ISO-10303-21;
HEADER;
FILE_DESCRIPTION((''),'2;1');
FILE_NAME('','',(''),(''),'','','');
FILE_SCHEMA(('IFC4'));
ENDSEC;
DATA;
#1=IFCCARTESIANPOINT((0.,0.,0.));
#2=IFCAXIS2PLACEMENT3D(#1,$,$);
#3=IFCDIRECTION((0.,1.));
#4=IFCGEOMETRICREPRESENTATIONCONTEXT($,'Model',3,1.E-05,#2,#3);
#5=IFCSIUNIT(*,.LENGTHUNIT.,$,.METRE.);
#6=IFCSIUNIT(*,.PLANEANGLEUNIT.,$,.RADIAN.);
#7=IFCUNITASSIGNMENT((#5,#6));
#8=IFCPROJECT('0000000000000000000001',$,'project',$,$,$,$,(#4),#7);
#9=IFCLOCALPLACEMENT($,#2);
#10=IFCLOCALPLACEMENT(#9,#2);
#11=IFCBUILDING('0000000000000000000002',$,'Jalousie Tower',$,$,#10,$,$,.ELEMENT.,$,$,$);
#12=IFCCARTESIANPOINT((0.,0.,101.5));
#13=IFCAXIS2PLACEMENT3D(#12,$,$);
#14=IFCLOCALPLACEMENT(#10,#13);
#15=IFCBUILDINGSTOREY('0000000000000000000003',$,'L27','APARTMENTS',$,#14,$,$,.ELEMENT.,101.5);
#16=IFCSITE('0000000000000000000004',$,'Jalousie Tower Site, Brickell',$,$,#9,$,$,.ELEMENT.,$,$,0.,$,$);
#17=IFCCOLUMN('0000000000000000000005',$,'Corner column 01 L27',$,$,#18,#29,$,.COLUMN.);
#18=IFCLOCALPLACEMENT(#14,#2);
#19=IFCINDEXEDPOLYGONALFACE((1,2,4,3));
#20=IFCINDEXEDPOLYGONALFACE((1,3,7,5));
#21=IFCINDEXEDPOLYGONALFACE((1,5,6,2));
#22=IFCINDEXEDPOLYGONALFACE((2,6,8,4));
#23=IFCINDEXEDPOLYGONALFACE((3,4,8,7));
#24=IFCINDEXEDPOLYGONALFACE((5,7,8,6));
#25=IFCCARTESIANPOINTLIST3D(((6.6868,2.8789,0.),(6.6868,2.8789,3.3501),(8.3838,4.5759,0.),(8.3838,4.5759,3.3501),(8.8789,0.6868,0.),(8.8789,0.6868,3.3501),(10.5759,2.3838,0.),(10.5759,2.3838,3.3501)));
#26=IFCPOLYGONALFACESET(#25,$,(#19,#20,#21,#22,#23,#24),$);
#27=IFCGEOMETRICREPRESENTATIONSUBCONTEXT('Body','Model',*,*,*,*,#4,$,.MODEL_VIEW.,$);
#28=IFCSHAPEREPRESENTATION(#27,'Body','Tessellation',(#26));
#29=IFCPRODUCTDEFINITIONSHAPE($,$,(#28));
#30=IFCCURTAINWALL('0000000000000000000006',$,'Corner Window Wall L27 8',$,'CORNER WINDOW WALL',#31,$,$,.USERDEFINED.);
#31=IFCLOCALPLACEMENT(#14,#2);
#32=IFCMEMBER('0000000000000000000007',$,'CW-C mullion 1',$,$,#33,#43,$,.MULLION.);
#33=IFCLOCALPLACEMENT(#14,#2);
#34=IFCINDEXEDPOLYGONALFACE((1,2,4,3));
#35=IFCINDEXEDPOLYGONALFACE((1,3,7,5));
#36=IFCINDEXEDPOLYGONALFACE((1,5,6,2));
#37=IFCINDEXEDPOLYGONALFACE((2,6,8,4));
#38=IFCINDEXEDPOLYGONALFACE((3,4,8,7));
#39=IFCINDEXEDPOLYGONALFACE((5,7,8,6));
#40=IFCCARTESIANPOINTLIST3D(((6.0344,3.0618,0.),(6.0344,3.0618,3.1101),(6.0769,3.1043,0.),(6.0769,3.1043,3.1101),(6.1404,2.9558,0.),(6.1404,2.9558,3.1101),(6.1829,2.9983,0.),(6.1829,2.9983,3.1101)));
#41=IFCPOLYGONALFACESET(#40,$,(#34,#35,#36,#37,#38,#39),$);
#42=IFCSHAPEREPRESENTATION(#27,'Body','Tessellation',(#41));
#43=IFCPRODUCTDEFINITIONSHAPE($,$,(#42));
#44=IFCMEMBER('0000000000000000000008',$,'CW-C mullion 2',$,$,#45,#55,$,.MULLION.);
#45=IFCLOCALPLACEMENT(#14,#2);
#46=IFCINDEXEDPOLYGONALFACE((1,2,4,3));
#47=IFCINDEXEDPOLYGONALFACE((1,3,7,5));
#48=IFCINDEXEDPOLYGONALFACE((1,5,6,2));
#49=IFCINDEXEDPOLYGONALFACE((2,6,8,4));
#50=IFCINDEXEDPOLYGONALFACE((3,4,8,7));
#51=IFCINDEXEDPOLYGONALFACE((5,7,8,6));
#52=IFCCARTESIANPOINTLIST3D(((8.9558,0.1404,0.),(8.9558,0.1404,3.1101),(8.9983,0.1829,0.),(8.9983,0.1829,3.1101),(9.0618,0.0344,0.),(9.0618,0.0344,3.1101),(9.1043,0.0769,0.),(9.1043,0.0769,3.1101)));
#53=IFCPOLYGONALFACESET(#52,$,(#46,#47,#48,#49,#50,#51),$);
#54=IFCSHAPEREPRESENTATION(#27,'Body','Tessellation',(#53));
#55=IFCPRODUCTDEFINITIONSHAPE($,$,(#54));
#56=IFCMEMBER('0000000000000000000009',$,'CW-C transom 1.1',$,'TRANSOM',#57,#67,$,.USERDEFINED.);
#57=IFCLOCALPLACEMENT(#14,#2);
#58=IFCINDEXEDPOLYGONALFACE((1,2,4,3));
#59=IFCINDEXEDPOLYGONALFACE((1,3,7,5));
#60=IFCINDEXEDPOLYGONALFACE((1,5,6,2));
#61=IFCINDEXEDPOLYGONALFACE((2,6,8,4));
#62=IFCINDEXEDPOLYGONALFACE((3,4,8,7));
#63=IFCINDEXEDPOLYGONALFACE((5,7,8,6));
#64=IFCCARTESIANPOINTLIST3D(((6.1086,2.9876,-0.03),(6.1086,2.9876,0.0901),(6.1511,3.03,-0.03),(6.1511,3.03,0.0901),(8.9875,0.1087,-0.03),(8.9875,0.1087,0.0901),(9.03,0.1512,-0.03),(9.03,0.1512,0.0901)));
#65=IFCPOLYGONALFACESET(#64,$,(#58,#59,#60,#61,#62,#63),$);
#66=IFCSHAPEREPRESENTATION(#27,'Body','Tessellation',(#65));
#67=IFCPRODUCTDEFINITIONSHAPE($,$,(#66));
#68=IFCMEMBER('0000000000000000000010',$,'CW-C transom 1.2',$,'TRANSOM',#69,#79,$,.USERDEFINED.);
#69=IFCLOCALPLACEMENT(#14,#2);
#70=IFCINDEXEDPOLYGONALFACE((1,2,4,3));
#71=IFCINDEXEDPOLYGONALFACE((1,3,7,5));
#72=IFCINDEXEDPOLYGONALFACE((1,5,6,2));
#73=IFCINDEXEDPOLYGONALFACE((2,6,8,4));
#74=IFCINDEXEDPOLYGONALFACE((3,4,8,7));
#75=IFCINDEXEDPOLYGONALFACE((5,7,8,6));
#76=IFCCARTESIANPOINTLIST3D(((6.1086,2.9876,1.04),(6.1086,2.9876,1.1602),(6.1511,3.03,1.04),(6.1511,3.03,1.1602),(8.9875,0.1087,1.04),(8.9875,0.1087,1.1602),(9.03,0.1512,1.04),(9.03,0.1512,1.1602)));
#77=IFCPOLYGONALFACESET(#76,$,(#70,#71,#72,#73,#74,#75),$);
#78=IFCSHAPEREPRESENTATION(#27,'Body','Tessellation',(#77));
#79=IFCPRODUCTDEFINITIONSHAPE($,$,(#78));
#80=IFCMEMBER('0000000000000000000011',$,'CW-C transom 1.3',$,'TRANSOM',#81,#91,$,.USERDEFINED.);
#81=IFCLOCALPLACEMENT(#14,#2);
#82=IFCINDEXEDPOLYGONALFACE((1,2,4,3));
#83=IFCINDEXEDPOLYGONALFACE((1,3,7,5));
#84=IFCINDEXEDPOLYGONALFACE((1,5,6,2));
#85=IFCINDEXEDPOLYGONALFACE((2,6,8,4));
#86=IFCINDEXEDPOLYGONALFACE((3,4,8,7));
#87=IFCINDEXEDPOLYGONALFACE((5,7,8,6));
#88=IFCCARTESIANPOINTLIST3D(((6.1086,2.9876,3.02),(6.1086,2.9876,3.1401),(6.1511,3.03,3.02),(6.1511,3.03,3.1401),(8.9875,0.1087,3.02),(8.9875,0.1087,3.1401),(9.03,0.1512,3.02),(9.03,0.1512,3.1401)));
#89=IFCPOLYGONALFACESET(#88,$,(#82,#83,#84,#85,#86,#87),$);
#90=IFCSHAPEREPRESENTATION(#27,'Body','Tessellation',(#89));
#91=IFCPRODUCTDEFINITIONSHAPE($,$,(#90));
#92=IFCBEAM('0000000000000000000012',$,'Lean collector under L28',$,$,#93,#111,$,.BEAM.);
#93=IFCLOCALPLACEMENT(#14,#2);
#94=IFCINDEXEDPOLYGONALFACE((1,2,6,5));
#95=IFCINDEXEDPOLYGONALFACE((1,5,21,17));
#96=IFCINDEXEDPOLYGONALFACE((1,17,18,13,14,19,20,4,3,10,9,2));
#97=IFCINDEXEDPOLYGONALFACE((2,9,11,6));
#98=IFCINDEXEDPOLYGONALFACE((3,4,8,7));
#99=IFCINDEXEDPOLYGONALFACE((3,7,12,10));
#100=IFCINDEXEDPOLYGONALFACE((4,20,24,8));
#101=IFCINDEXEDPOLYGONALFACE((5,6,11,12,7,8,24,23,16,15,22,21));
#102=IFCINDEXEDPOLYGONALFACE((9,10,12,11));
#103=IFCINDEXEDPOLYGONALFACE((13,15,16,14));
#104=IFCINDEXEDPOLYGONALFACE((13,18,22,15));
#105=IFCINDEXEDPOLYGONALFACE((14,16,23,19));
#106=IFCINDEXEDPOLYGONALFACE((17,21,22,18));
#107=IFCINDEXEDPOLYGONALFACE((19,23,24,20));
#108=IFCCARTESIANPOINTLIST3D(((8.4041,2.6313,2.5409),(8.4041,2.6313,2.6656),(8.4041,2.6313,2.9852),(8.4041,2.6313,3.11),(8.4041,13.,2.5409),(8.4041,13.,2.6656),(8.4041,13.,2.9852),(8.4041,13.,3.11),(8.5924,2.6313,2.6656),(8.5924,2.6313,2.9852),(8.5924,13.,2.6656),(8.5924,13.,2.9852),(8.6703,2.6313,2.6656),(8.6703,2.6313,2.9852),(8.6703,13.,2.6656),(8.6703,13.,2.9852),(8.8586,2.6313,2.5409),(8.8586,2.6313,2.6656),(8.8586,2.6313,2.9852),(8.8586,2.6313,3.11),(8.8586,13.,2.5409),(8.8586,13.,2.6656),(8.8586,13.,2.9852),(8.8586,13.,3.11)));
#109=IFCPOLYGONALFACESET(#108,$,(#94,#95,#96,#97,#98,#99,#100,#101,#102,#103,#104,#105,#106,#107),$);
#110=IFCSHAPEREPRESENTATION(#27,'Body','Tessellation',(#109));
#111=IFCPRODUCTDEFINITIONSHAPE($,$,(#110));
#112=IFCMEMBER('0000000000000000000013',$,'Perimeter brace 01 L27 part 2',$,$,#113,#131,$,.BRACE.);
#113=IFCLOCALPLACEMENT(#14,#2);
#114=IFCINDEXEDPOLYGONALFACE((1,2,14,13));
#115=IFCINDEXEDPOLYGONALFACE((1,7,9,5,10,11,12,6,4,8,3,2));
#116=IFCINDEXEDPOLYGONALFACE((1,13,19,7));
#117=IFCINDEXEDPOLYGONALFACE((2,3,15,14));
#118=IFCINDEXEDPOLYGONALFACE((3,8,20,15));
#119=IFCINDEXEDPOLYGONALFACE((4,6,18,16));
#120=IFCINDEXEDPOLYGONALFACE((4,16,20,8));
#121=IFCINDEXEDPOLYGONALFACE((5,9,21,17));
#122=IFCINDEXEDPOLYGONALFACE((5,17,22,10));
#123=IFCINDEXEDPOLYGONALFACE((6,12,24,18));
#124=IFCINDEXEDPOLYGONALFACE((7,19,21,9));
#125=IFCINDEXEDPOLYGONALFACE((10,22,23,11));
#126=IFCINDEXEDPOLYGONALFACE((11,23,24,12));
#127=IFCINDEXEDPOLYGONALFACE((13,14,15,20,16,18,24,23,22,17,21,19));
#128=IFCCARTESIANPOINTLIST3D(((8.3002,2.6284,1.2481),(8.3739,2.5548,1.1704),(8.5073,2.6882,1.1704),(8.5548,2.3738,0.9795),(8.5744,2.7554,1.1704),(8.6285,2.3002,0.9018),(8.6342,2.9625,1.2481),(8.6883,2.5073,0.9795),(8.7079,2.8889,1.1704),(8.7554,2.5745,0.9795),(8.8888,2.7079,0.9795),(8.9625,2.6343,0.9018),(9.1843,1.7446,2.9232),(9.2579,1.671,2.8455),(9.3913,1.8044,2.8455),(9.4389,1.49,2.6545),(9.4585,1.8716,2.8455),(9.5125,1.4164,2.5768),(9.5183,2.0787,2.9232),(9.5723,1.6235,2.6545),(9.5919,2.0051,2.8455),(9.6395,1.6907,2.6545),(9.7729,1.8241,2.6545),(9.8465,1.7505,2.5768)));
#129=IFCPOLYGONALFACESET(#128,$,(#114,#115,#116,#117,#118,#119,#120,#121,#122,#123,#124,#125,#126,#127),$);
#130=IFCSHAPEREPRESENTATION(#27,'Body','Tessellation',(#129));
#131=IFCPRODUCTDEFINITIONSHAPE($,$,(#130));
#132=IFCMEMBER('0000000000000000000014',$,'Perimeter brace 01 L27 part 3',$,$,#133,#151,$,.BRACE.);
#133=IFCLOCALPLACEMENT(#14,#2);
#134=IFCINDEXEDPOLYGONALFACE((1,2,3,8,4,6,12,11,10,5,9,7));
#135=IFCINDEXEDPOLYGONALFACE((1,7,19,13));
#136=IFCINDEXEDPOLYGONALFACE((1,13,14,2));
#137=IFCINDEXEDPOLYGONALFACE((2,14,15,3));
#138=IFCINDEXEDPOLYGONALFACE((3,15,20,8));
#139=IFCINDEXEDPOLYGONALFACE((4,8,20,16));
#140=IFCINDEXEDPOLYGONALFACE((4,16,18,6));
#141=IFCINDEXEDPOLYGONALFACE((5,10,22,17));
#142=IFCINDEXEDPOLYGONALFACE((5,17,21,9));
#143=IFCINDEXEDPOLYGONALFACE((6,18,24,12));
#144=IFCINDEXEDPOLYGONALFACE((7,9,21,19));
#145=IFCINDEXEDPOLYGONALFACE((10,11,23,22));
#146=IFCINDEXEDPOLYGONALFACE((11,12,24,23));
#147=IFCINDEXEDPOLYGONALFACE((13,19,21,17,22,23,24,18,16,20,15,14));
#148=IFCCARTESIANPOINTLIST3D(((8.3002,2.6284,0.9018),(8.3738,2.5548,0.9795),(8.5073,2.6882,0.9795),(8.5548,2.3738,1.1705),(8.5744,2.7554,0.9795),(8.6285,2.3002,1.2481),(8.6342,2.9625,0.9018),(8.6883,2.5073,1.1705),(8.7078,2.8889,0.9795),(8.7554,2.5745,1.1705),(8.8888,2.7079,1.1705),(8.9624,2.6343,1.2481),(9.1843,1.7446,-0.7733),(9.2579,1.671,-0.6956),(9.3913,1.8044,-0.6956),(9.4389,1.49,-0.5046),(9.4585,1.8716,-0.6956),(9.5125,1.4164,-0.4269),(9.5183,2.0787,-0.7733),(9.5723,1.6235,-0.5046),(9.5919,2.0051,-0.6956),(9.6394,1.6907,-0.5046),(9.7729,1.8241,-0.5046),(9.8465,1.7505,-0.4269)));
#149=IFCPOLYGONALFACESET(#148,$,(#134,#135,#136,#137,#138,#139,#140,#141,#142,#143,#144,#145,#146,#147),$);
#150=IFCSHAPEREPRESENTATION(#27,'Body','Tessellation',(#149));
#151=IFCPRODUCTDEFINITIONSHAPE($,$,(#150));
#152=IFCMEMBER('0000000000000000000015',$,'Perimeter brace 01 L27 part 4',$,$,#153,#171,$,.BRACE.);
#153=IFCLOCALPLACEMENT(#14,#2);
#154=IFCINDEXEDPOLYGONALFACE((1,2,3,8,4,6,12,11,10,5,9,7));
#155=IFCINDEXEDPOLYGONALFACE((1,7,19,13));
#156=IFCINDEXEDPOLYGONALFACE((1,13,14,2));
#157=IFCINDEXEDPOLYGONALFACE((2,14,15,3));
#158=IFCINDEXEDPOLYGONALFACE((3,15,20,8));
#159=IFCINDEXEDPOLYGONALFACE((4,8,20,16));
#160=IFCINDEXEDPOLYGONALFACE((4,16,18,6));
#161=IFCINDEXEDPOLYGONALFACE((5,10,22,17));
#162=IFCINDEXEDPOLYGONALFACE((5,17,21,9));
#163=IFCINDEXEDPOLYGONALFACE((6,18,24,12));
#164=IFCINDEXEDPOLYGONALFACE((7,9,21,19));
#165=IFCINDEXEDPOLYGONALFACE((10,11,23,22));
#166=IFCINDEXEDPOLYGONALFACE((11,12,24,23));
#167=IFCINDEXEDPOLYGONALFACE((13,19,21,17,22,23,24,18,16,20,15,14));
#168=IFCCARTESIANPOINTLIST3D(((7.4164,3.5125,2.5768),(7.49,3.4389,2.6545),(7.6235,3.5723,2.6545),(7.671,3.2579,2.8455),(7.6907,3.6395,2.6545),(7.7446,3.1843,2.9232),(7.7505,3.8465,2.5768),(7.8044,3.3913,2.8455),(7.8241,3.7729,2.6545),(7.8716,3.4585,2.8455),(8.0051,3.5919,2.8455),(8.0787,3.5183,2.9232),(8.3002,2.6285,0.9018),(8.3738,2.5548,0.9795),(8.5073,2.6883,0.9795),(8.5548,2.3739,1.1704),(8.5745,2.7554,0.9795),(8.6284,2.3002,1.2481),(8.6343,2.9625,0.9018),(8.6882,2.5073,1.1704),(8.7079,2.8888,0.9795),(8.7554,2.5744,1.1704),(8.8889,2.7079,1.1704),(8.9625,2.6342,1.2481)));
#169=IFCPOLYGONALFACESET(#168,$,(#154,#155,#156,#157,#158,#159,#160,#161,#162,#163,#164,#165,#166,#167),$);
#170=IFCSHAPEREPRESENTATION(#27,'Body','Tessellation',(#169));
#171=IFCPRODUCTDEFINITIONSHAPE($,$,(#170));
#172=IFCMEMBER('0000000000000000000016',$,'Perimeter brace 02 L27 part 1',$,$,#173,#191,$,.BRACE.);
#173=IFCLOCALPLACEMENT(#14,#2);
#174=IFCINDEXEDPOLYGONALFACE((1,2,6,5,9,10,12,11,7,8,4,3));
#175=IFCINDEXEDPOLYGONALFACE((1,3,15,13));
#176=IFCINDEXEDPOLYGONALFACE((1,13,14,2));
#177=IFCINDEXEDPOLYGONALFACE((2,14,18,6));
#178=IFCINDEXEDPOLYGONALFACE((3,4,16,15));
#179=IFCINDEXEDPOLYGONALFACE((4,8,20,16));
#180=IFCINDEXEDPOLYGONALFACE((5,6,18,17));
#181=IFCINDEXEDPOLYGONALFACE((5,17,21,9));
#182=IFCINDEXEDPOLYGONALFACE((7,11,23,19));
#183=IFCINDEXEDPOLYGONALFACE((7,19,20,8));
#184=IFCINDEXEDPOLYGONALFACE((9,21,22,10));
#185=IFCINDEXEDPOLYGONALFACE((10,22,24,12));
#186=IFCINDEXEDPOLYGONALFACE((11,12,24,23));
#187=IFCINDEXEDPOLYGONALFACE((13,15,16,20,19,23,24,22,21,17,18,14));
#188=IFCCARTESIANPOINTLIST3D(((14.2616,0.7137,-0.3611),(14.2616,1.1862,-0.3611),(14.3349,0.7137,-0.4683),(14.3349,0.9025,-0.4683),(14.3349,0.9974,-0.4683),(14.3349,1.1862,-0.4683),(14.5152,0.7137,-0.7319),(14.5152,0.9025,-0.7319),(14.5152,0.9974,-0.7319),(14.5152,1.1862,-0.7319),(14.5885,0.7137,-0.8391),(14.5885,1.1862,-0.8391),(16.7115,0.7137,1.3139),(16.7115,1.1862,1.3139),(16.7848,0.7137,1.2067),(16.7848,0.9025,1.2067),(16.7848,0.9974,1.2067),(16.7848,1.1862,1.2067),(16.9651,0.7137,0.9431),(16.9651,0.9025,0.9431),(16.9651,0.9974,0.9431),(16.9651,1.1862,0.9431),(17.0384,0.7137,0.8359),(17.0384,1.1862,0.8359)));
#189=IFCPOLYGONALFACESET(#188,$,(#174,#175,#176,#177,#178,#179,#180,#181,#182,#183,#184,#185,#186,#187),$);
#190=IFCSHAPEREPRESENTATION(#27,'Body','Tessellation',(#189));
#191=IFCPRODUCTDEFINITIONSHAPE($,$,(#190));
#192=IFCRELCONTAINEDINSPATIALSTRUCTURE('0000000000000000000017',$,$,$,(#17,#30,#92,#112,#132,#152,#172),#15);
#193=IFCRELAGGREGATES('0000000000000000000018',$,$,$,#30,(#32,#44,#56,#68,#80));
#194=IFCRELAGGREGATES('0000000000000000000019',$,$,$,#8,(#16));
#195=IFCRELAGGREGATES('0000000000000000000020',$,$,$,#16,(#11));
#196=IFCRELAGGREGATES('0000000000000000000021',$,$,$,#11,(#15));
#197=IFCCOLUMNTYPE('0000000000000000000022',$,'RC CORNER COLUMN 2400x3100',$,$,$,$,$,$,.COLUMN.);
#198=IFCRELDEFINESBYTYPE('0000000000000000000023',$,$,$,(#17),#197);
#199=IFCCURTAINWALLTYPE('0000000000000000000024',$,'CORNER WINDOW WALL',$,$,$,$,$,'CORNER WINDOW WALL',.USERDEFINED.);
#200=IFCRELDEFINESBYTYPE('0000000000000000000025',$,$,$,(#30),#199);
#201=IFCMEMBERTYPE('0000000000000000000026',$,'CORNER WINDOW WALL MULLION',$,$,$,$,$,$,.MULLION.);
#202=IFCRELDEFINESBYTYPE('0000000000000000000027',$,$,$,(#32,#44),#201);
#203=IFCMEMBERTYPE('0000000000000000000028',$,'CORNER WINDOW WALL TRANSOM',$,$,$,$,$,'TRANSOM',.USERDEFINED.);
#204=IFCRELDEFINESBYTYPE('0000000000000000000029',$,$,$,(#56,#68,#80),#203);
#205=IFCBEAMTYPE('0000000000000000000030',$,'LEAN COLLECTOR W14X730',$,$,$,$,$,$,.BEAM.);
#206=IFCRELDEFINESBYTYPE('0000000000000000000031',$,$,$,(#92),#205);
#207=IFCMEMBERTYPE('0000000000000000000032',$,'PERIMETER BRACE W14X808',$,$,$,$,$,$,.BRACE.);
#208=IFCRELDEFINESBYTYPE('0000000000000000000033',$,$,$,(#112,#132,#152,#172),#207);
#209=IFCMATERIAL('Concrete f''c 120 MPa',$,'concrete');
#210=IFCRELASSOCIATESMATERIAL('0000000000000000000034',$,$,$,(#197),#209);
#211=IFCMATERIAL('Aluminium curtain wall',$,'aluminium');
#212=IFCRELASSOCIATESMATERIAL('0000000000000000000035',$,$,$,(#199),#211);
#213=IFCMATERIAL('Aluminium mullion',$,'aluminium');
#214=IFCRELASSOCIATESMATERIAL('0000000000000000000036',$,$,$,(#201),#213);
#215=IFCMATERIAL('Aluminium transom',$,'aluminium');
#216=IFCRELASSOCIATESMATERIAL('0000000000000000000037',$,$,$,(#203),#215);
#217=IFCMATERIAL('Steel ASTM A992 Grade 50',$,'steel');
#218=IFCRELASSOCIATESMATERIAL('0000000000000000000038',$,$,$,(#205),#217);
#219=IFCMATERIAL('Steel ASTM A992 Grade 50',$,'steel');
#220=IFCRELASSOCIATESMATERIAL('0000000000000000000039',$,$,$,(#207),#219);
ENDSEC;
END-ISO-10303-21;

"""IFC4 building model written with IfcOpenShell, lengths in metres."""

from ifc_helpers import new_model, si_unit, direction, frame, origin, origin_2d, place, context, subcontext, project, spatial, rectangle, i_section, extrude, material, material_profile, profile_set, type_object, element, aggregate, save


model = new_model("IFC4")

# Units and contexts
model_context = context("Model", 3, precision=1e-05, world=origin(), true_north=direction((0.0, 1.0)))
body_context = subcontext(model_context, "Body", "Model", "MODEL_VIEW")
ifc_project = project(units=[si_unit("LENGTHUNIT", "METRE"), si_unit("PLANEANGLEUNIT", "RADIAN")], contexts=[model_context])

# Site, building, storey
site_placement = place(None, origin())
site = spatial("IfcSite", under=ifc_project, at=site_placement, Name="Jalousie Tower Site, Brickell", CompositionType="ELEMENT", RefElevation=0.0)
building_placement = place(site_placement, origin())
building = spatial("IfcBuilding", under=site, at=building_placement, Name="Jalousie Tower", CompositionType="ELEMENT")
storey_placement = place(building_placement, frame((0.0, 0.0, 101.5)))
storey = spatial("IfcBuildingStorey", under=building, at=storey_placement, Name="L27", Description="APARTMENTS", CompositionType="ELEMENT", Elevation=101.5)

# Column
ifc_material_1 = material(Name="Concrete f'c 120 MPa", Category="concrete")
ifc_material_profile_1 = material_profile(ifc_material_1, rectangle(XDim=2.3999, YDim=3.1001, at=origin_2d()), Name="RC 2400x3100")
ifc_profile_set_1 = profile_set([ifc_material_profile_1], Name="Concrete f'c 120 MPa")
column_type = type_object("IfcColumnType", Name="RC CORNER COLUMN 2400x3100", PredefinedType="COLUMN", material=ifc_profile_set_1)
column_placement = place(storey_placement, frame((8.6313, 2.6313, 0.0), z_axis=(0.0, 0.0, 1.0), x_axis=(0.707107, 0.707107, 0.0)))
element("IfcColumn", 1, at=column_placement, inside=storey, type_object=column_type, Name="Corner column 01 L27", PredefinedType="COLUMN", context=body_context, shape_type="SweptSolid", body=[
    extrude(rectangle(XDim=2.3999, YDim=3.1001, at=origin_2d()), origin(), (0.0, 0.0, 1.0), 3.3501),
])

# Curtain wall, members
ifc_material_2 = material(Name="Aluminium curtain wall", Category="aluminium")
curtain_wall_type_1 = type_object("IfcCurtainWallType", Name="CORNER WINDOW WALL", ElementType="CORNER WINDOW WALL", PredefinedType="USERDEFINED", material=ifc_material_2)
curtain_wall_1_placement = place(storey_placement, origin())
curtain_wall_1 = element("IfcCurtainWall", 2, at=curtain_wall_1_placement, inside=storey, type_object=curtain_wall_type_1, Name="Corner Window Wall L27 8", ObjectType="CORNER WINDOW WALL", PredefinedType="USERDEFINED")
ifc_material_3 = material(Name="Aluminium mullion", Category="aluminium")
ifc_material_profile_2 = material_profile(ifc_material_3, rectangle(XDim=0.0601, YDim=0.1499, at=origin_2d()), Name="MULLION 60x150")
ifc_profile_set_2 = profile_set([ifc_material_profile_2], Name="Aluminium mullion")
member_type_1 = type_object("IfcMemberType", Name="CORNER WINDOW WALL MULLION", PredefinedType="MULLION", material=ifc_profile_set_2)
member_1_placement = place(storey_placement, frame((6.1086, 3.03, 0.0), z_axis=(0.0, 0.0, 1.0), x_axis=(0.707107, 0.707107, 0.0)))
member_1 = element("IfcMember", 3, at=member_1_placement, type_object=member_type_1, Name="CW-C mullion 1", PredefinedType="MULLION", context=body_context, shape_type="SweptSolid", body=[
    extrude(rectangle(XDim=0.0601, YDim=0.1499, at=origin_2d()), origin(), (0.0, 0.0, 1.0), 3.1101),
])
member_2_placement = place(storey_placement, frame((9.03, 0.1086, 0.0), z_axis=(0.0, 0.0, 1.0), x_axis=(0.707107, 0.707107, 0.0)))
member_2 = element("IfcMember", 4, at=member_2_placement, type_object=member_type_1, Name="CW-C mullion 2", PredefinedType="MULLION", context=body_context, shape_type="SweptSolid", body=[
    extrude(rectangle(XDim=0.0601, YDim=0.1499, at=origin_2d()), origin(), (0.0, 0.0, 1.0), 3.1101),
])
ifc_material_4 = material(Name="Aluminium transom", Category="aluminium")
ifc_material_profile_3 = material_profile(ifc_material_4, rectangle(XDim=0.0601, YDim=0.1201, at=origin_2d()), Name="TRANSOM 60x120")
ifc_profile_set_3 = profile_set([ifc_material_profile_3], Name="Aluminium transom")
member_type_2 = type_object("IfcMemberType", Name="CORNER WINDOW WALL TRANSOM", ElementType="TRANSOM", PredefinedType="USERDEFINED", material=ifc_profile_set_3)
member_3_placement = place(storey_placement, frame((6.1299, 3.0088, 0.03), z_axis=(0.707107, -0.707107, 0.0), x_axis=(0.707107, 0.707107, 0.0)))
member_3 = element("IfcMember", 5, at=member_3_placement, type_object=member_type_2, Name="CW-C transom 1.1", ObjectType="TRANSOM", PredefinedType="USERDEFINED", context=body_context, shape_type="SweptSolid", body=[
    extrude(rectangle(XDim=0.0601, YDim=0.1201, at=origin_2d()), origin(), (0.0, 0.0, 1.0), 4.0713),
])
member_4_placement = place(storey_placement, frame((6.1299, 3.0088, 1.1001), z_axis=(0.707107, -0.707107, 0.0), x_axis=(0.707107, 0.707107, 0.0)))
member_4 = element("IfcMember", 6, at=member_4_placement, type_object=member_type_2, Name="CW-C transom 1.2", ObjectType="TRANSOM", PredefinedType="USERDEFINED", context=body_context, shape_type="SweptSolid", body=[
    extrude(rectangle(XDim=0.0601, YDim=0.1201, at=origin_2d()), origin(), (0.0, 0.0, 1.0), 4.0713),
])
member_5_placement = place(storey_placement, frame((6.1299, 3.0088, 3.0801), z_axis=(0.707107, -0.707107, 0.0), x_axis=(0.707107, 0.707107, 0.0)))
member_5 = element("IfcMember", 7, at=member_5_placement, type_object=member_type_2, Name="CW-C transom 1.3", ObjectType="TRANSOM", PredefinedType="USERDEFINED", context=body_context, shape_type="SweptSolid", body=[
    extrude(rectangle(XDim=0.0601, YDim=0.1201, at=origin_2d()), origin(), (0.0, 0.0, 1.0), 4.0713),
])

# Beam
ifc_material_5 = material(Name="Steel ASTM A992 Grade 50", Category="steel")
ifc_material_profile_4 = material_profile(ifc_material_5, i_section(OverallWidth=0.4546, OverallDepth=0.5691, WebThickness=0.0779, FlangeThickness=0.1248, at=origin_2d()), Name="W14X730")
ifc_profile_set_4 = profile_set([ifc_material_profile_4], Name="Steel ASTM A992 Grade 50")
beam_type_1 = type_object("IfcBeamType", Name="LEAN COLLECTOR W14X730", PredefinedType="BEAM", material=ifc_profile_set_4)
beam_1_placement = place(storey_placement, frame((8.6313, 2.6313, 2.8254), z_axis=(0.0, 1.0, 0.0), x_axis=(-1.0, 0.0, 0.0)))
element("IfcBeam", 8, at=beam_1_placement, inside=storey, type_object=beam_type_1, Name="Lean collector under L28", PredefinedType="BEAM", context=body_context, shape_type="SweptSolid", body=[
    extrude(i_section(OverallWidth=0.4546, OverallDepth=0.5691, WebThickness=0.0779, FlangeThickness=0.1248, at=origin_2d()), origin(), (0.0, 0.0, 1.0), 10.3687),
])

# Members
ifc_material_6 = material(Name="Steel ASTM A992 Grade 50", Category="steel")
ifc_material_profile_5 = material_profile(ifc_material_6, i_section(OverallWidth=0.4724, OverallDepth=0.5791, WebThickness=0.095, FlangeThickness=0.1299, at=origin_2d()), Name="W14X808")
ifc_profile_set_5 = profile_set([ifc_material_profile_5], Name="Steel ASTM A992 Grade 50")
member_type_3 = type_object("IfcMemberType", Name="PERIMETER BRACE W14X808", PredefinedType="BRACE", material=ifc_profile_set_5)
for number, where, z_axis, x_axis, name in (
    (9, (8.6313, 2.6313, 1.075), (0.422969, -0.422852, 0.801432), (0.707009, 0.707204, 0.0), "Perimeter brace 01 L27 part 2"),
    (10, (9.5154, 1.7476, -0.6001), (-0.422969, 0.422852, 0.801432), (-0.707009, -0.707204, 0.0), "Perimeter brace 01 L27 part 3"),
    (11, (8.6313, 2.6313, 1.075), (-0.422852, 0.422969, 0.801432), (-0.707204, -0.707009, 0.0), "Perimeter brace 01 L27 part 4"),
):
    element("IfcMember", number, at=place(storey_placement, frame(where, z_axis=z_axis, x_axis=x_axis)), inside=storey, type_object=member_type_3, Name=name, PredefinedType="BRACE", context=body_context, shape_type="SweptSolid", body=[
        extrude(i_section(OverallWidth=0.4724, OverallDepth=0.5791, WebThickness=0.095, FlangeThickness=0.1299, at=origin_2d()), origin(), (0.0, 0.0, 1.0), 2.0901),
    ])
member_6_placement = place(storey_placement, frame((14.425, 0.95, -0.6001), z_axis=(0.825501, 0.0, 0.564401), x_axis=(0.0, 1.0, 0.0)))
element("IfcMember", 12, at=member_6_placement, inside=storey, type_object=member_type_3, Name="Perimeter brace 02 L27 part 1", PredefinedType="BRACE", context=body_context, shape_type="SweptSolid", body=[
    extrude(i_section(OverallWidth=0.4724, OverallDepth=0.5791, WebThickness=0.095, FlangeThickness=0.1299, at=origin_2d()), origin(), (0.0, 0.0, 1.0), 2.9678),
])

aggregate(curtain_wall_1, [member_1, member_2, member_3, member_4, member_5])

save(model, "model.ifc")
